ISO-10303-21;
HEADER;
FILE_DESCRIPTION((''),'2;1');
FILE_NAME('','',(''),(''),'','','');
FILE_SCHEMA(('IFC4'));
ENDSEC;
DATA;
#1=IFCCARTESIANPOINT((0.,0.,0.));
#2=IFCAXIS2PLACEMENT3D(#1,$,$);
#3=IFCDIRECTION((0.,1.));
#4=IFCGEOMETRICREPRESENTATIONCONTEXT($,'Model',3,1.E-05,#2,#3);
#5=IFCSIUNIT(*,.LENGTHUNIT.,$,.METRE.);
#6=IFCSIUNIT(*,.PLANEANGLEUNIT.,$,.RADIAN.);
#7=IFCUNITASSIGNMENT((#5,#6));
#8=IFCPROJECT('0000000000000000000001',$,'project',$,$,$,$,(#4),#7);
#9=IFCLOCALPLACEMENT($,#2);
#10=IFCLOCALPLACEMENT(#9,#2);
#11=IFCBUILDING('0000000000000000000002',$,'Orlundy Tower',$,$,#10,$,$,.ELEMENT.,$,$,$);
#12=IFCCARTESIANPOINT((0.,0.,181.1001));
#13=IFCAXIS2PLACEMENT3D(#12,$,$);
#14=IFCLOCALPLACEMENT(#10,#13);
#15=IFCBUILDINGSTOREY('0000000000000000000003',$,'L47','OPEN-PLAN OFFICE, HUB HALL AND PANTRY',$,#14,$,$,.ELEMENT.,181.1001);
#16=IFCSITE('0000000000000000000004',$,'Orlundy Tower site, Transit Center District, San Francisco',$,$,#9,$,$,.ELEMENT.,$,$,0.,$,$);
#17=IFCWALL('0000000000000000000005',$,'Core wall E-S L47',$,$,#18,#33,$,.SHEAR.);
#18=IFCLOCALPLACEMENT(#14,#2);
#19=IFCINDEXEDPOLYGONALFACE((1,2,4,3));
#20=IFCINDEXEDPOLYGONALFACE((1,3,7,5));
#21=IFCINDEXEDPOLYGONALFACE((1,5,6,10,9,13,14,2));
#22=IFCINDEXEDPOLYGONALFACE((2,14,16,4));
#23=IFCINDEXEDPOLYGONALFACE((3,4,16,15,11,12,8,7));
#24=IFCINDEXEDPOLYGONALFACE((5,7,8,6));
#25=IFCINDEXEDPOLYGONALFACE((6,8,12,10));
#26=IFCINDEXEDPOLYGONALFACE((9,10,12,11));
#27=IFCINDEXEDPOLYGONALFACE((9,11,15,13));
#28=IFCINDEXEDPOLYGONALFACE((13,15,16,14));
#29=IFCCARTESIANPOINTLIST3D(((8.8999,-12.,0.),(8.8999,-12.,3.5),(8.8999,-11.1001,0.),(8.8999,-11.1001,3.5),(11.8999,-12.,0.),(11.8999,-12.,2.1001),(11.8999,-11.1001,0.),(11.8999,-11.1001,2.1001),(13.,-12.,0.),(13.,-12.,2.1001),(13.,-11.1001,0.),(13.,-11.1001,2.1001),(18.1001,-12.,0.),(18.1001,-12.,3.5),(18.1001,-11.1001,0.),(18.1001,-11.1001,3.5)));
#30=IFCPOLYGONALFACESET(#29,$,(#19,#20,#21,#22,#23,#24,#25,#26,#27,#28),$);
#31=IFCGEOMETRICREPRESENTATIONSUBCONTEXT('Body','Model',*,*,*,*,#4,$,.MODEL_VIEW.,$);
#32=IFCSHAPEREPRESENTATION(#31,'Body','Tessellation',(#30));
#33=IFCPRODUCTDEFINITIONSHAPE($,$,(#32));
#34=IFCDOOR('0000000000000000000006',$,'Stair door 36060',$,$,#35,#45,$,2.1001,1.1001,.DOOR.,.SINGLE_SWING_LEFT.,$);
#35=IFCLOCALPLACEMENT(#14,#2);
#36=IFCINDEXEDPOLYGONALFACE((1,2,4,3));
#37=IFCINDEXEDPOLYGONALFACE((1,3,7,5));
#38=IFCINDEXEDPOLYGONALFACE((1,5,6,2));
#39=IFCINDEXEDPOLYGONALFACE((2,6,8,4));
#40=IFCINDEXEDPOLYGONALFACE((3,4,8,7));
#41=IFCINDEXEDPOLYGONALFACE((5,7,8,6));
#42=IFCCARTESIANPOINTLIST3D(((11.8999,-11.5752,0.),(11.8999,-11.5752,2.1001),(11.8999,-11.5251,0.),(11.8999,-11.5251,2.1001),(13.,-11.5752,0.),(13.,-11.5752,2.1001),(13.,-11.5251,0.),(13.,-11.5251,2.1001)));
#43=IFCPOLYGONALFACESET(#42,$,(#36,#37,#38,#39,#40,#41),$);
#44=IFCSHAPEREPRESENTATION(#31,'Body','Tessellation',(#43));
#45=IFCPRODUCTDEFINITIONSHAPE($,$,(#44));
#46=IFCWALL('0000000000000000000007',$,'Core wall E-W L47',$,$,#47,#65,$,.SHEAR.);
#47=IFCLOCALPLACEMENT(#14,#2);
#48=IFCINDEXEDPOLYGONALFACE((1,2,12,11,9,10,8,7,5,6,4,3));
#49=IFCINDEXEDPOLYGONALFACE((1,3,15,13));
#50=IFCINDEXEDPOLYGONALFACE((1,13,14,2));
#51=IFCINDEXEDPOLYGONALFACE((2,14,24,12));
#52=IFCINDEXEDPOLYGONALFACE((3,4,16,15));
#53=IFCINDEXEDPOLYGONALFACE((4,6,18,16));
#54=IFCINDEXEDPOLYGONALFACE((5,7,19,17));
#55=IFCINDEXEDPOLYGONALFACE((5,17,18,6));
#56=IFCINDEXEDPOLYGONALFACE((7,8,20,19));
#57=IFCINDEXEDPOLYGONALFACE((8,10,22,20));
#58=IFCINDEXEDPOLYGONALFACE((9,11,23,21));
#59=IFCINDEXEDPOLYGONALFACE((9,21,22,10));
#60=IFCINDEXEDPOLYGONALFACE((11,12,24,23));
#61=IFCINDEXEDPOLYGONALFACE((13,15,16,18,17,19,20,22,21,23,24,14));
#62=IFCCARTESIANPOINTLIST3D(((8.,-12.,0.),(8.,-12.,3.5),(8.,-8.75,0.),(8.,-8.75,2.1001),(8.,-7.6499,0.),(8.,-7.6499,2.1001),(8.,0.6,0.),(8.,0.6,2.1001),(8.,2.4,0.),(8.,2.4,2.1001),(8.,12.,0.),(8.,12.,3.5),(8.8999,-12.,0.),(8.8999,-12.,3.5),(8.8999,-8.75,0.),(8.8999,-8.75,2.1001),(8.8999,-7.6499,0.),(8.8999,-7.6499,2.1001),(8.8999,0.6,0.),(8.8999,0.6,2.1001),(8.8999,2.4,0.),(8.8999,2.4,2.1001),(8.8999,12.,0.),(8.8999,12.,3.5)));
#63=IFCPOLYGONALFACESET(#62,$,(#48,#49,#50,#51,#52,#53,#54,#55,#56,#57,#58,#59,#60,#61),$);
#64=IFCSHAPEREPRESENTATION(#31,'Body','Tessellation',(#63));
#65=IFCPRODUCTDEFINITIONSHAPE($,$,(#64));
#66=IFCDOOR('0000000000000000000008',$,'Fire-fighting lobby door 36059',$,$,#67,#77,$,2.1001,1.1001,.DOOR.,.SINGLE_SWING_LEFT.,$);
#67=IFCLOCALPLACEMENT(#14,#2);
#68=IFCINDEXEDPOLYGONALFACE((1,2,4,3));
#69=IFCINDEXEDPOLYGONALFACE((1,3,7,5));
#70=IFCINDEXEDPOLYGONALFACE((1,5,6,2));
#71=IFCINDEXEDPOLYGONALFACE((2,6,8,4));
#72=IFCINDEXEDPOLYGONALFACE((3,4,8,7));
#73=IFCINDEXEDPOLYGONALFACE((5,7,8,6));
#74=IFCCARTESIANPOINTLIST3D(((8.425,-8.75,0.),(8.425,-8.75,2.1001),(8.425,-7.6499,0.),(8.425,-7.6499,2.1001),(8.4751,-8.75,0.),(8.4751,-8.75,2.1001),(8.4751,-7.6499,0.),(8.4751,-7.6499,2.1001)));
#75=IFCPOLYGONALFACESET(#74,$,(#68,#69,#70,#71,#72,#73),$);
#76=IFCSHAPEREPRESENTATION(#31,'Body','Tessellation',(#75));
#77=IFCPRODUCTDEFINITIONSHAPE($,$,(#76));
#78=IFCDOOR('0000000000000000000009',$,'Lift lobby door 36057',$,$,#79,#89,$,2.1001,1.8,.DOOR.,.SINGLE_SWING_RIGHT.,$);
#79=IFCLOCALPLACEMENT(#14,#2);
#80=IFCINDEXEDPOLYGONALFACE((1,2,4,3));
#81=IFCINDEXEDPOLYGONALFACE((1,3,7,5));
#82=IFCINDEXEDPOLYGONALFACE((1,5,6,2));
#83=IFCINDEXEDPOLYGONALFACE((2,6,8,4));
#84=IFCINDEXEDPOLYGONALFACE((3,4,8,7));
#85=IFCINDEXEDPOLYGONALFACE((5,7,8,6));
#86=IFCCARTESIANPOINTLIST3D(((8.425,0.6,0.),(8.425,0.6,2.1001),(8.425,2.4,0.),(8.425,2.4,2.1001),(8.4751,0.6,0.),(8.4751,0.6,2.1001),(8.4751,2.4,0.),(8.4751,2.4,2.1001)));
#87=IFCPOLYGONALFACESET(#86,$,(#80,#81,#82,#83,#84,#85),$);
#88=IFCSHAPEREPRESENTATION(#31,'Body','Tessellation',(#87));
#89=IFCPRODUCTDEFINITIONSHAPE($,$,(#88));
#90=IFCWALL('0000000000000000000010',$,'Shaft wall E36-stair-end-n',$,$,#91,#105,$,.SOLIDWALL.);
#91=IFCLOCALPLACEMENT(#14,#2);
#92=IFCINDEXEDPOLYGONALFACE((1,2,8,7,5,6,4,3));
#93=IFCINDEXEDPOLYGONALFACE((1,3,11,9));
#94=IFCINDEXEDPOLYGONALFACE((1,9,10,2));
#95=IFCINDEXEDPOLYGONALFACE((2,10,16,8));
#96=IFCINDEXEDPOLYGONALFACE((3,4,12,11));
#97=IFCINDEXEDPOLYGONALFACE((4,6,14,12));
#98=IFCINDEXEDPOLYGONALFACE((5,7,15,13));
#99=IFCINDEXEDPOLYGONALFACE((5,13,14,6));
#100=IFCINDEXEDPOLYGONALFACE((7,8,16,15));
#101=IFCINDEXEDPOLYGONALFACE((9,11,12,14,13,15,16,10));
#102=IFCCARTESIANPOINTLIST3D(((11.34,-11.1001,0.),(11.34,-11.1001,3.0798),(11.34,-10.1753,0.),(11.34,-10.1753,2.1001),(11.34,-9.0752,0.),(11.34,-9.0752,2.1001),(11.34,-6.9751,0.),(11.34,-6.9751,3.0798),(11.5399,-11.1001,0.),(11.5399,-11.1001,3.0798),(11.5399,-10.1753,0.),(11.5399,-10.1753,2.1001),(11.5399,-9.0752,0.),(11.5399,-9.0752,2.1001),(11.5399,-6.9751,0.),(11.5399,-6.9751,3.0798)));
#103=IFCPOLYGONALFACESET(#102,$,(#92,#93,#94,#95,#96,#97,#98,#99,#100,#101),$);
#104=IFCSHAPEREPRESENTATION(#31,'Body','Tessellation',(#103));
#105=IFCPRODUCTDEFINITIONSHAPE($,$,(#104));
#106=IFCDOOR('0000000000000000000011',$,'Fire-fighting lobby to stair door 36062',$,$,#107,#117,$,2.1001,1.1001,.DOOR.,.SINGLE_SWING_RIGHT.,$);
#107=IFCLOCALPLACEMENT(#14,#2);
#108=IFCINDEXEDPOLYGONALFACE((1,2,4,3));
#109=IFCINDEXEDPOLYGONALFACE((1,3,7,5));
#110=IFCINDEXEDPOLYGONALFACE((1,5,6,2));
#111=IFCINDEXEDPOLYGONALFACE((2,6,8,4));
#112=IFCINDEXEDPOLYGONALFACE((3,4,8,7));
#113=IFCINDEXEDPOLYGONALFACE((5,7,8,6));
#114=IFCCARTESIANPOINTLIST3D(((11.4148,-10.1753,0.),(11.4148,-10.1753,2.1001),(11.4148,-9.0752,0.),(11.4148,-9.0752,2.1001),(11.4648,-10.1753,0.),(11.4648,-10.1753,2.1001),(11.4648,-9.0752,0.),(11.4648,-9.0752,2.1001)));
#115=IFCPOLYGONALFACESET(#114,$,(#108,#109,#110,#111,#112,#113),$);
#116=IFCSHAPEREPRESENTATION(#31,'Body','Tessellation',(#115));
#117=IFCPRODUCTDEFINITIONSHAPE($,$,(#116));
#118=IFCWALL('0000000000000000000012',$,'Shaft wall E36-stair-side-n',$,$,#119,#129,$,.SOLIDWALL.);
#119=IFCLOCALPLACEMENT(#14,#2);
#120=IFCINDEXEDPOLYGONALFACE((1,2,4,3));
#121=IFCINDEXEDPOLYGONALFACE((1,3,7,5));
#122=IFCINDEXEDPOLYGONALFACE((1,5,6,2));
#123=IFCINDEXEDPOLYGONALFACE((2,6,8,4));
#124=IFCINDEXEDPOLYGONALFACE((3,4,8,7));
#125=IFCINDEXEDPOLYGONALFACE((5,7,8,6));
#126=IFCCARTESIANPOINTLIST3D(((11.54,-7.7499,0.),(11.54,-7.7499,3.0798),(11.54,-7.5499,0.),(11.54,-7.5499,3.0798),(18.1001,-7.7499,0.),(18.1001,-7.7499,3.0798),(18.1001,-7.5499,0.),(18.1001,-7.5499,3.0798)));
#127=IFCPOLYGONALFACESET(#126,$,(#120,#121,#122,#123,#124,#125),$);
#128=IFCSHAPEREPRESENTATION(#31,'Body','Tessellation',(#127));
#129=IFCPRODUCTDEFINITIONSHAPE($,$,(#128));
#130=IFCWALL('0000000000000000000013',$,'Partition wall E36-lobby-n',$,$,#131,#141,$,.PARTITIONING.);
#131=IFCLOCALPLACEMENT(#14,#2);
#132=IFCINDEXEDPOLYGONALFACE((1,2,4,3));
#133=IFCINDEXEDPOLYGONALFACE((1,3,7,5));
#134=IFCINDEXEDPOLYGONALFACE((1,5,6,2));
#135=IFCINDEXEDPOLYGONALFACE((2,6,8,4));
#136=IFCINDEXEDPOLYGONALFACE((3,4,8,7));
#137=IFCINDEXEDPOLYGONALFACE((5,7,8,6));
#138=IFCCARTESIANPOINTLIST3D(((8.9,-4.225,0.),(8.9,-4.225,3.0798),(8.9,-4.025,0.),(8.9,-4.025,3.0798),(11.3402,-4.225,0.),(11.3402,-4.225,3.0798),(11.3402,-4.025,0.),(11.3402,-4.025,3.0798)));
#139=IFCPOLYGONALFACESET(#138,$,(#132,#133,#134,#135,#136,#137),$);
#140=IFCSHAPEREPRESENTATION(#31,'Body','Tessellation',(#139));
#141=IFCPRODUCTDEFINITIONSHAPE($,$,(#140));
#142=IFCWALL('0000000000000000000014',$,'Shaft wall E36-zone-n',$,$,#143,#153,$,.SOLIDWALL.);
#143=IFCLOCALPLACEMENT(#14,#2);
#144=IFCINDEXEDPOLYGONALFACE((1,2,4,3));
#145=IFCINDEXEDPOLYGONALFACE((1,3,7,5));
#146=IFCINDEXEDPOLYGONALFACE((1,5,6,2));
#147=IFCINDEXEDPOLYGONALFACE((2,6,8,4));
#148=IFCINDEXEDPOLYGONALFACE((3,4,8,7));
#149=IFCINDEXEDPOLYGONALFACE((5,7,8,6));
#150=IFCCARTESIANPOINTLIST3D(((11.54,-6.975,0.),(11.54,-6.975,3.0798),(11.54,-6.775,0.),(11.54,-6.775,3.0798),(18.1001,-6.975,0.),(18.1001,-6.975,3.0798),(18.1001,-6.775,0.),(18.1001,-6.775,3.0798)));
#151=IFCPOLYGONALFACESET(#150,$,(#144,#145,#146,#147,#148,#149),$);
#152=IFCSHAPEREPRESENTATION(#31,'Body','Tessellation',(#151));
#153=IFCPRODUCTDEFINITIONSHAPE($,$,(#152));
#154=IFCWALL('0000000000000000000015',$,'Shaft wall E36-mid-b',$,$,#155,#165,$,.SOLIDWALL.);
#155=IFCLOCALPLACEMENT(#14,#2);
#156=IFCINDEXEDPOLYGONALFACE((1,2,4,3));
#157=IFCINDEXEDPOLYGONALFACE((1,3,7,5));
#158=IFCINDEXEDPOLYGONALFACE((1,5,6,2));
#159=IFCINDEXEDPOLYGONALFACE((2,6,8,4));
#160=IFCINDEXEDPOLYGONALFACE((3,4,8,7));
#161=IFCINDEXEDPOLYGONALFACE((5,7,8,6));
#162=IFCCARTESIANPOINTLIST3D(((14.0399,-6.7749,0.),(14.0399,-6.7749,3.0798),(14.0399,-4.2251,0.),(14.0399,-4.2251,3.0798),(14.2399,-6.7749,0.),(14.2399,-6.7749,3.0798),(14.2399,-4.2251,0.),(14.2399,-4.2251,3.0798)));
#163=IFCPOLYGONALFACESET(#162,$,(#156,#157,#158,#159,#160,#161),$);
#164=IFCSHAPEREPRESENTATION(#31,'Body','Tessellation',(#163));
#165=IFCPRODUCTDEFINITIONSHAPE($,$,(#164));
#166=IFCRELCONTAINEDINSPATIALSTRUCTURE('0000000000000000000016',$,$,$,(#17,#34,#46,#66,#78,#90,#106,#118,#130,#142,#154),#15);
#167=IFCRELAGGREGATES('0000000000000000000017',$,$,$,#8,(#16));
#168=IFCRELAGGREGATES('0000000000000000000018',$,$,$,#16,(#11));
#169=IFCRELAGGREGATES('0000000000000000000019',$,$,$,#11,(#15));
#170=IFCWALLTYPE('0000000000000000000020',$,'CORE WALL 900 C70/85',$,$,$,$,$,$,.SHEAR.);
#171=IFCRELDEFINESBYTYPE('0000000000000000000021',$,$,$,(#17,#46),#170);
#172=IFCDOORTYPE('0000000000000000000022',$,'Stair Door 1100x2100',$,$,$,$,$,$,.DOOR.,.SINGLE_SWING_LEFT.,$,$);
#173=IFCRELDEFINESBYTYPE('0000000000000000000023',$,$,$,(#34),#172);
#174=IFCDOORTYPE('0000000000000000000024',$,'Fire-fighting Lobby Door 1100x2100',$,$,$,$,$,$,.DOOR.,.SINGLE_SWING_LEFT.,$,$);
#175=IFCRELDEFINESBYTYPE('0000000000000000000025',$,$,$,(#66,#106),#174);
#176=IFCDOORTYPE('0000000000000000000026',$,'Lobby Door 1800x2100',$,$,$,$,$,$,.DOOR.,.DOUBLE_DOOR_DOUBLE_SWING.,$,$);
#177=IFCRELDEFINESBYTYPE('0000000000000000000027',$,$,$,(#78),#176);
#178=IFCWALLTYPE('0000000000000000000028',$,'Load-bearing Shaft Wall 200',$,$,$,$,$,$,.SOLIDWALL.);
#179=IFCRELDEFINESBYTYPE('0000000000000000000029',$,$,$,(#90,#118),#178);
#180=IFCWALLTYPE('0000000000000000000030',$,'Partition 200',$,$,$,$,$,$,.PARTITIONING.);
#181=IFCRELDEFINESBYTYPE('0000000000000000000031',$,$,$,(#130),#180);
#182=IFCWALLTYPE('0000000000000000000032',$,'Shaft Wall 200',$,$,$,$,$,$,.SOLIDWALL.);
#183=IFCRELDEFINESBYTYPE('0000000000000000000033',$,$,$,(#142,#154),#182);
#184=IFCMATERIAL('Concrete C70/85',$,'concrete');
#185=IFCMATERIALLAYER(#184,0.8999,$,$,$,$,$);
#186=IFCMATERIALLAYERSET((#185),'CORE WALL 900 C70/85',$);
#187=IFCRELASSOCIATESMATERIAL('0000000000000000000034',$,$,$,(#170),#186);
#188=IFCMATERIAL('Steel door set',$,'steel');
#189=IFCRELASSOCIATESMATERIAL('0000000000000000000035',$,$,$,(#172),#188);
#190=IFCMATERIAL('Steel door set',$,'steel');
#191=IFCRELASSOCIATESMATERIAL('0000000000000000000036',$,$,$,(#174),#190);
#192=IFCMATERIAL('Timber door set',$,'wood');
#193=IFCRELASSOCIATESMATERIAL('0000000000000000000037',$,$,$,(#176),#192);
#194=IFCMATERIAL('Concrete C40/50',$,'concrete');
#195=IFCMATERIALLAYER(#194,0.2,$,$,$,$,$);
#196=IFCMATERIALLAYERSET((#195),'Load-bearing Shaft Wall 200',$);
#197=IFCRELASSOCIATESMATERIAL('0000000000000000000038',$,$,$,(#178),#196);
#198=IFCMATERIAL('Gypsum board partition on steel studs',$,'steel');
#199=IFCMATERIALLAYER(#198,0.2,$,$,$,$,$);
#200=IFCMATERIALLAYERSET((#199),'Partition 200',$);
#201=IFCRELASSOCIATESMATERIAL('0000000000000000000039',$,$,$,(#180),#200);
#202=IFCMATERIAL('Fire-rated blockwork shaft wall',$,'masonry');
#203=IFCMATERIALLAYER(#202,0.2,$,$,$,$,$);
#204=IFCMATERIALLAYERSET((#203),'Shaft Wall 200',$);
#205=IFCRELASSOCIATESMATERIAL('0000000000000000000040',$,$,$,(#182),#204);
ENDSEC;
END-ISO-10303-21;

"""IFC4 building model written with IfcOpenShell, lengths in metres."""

from ifc_helpers import new_model, si_unit, direction, frame, frame_2d, origin, place, context, subcontext, project, spatial, rectangle, extrude, material, layer, layer_set, type_object, element, fill, save


model = new_model("IFC4")

# Units and contexts
model_context = context("Model", 3, precision=1e-05, world=origin(), true_north=direction((0.0, 1.0)))
body_context = subcontext(model_context, "Body", "Model", "MODEL_VIEW")
ifc_project = project(units=[si_unit("LENGTHUNIT", "METRE"), si_unit("PLANEANGLEUNIT", "RADIAN")], contexts=[model_context])

# Site, building, storey
site_placement = place(None, origin())
site = spatial("IfcSite", under=ifc_project, at=site_placement, Name="Orlundy Tower site, Transit Center District, San Francisco", CompositionType="ELEMENT", RefElevation=0.0)
building_placement = place(site_placement, origin())
building = spatial("IfcBuilding", under=site, at=building_placement, Name="Orlundy Tower", CompositionType="ELEMENT")
storey_placement = place(building_placement, frame((0.0, 0.0, 181.1001)))
storey = spatial("IfcBuildingStorey", under=building, at=storey_placement, Name="L47", Description="OPEN-PLAN OFFICE, HUB HALL AND PANTRY", CompositionType="ELEMENT", Elevation=181.1001)

# Wall, opening, door
ifc_material_1 = material(Name="Concrete C70/85", Category="concrete")
ifc_layer_1 = layer(ifc_material_1, 0.8999)
ifc_layer_set_1 = layer_set([ifc_layer_1], Name="CORE WALL 900 C70/85")
wall_type_1 = type_object("IfcWallType", Name="CORE WALL 900 C70/85", PredefinedType="SHEAR", material=ifc_layer_set_1)
wall_1_placement = place(storey_placement, frame((8.8999, -11.55, 0.0), z_axis=(0.0, 0.0, 1.0), x_axis=(1.0, 0.0, 0.0)))
wall_1 = element("IfcWall", 1, at=wall_1_placement, inside=storey, type_object=wall_type_1, Name="Core wall E-S L47", PredefinedType="SHEAR", context=body_context, shape_type="SweptSolid", body=[
    extrude(rectangle(XDim=9.2002, YDim=0.8999, at=frame_2d((4.6001, 0.0))), origin(), (0.0, 0.0, 1.0), 3.5),
])
opening_1_placement = place(wall_1_placement, frame((3.0, 0.0, 0.0)))
opening_1 = element("IfcOpeningElement", 2, at=opening_1_placement, cuts=wall_1, PredefinedType="OPENING", context=body_context, shape_type="SweptSolid", body=[
    extrude(rectangle(XDim=1.1001, YDim=2.1001, at=frame_2d((0.55, 1.05))), frame((0.0, 0.46, 0.0), z_axis=(0.0, -1.0, 0.0), x_axis=(1.0, 0.0, 0.0)), (0.0, 0.0, 1.0), 0.9199),
])
ifc_material_2 = material(Name="Steel door set", Category="steel")
door_type_1 = type_object("IfcDoorType", Name="Stair Door 1100x2100", OperationType="SINGLE_SWING_LEFT", PredefinedType="DOOR", material=ifc_material_2)
door_1_placement = place(opening_1_placement, origin())
door_1 = element("IfcDoor", 3, at=door_1_placement, inside=storey, type_object=door_type_1, Name="Stair door 36060", OperationType="SINGLE_SWING_LEFT", OverallHeight=2.1001, OverallWidth=1.1001, PredefinedType="DOOR", context=body_context, shape_type="SweptSolid", body=[
    extrude(rectangle(XDim=1.1001, YDim=2.1001, at=frame_2d((0.55, 1.05))), frame((0.0, 0.0249, 0.0), z_axis=(0.0, -1.0, 0.0), x_axis=(1.0, 0.0, 0.0)), (0.0, 0.0, 1.0), 0.05),
])
fill(opening_1, door_1)

# Wall, openings, doors
wall_2_placement = place(storey_placement, frame((8.45, -12.0, 0.0), z_axis=(0.0, 0.0, 1.0), x_axis=(0.0, 1.0, 0.0)))
wall_2 = element("IfcWall", 4, at=wall_2_placement, inside=storey, type_object=wall_type_1, Name="Core wall E-W L47", PredefinedType="SHEAR", context=body_context, shape_type="SweptSolid", body=[
    extrude(rectangle(XDim=24.0, YDim=0.8999, at=frame_2d((12.0, 0.0))), origin(), (0.0, 0.0, 1.0), 3.5),
])
opening_2_placement = place(wall_2_placement, frame((12.6001, 0.0, 0.0)))
opening_2 = element("IfcOpeningElement", 5, at=opening_2_placement, cuts=wall_2, PredefinedType="OPENING", context=body_context, shape_type="SweptSolid", body=[
    extrude(rectangle(XDim=1.8, YDim=2.1001, at=frame_2d((0.8999, 1.05))), frame((0.0, 0.46, 0.0), z_axis=(0.0, -1.0, 0.0), x_axis=(1.0, 0.0, 0.0)), (0.0, 0.0, 1.0), 0.9199),
])
opening_3_placement = place(wall_2_placement, frame((3.25, 0.0, 0.0)))
opening_3 = element("IfcOpeningElement", 6, at=opening_3_placement, cuts=wall_2, PredefinedType="OPENING", context=body_context, shape_type="SweptSolid", body=[
    extrude(rectangle(XDim=1.1001, YDim=2.1001, at=frame_2d((0.55, 1.05))), frame((0.0, 0.46, 0.0), z_axis=(0.0, -1.0, 0.0), x_axis=(1.0, 0.0, 0.0)), (0.0, 0.0, 1.0), 0.9199),
])
ifc_material_3 = material(Name="Steel door set", Category="steel")
door_type_2 = type_object("IfcDoorType", Name="Fire-fighting Lobby Door 1100x2100", OperationType="SINGLE_SWING_LEFT", PredefinedType="DOOR", material=ifc_material_3)
door_2_placement = place(opening_3_placement, origin())
door_2 = element("IfcDoor", 7, at=door_2_placement, inside=storey, type_object=door_type_2, Name="Fire-fighting lobby door 36059", OperationType="SINGLE_SWING_LEFT", OverallHeight=2.1001, OverallWidth=1.1001, PredefinedType="DOOR", context=body_context, shape_type="SweptSolid", body=[
    extrude(rectangle(XDim=1.1001, YDim=2.1001, at=frame_2d((0.55, 1.05))), frame((0.0, 0.0249, 0.0), z_axis=(0.0, -1.0, 0.0), x_axis=(1.0, 0.0, 0.0)), (0.0, 0.0, 1.0), 0.05),
])
fill(opening_3, door_2)
ifc_material_4 = material(Name="Timber door set", Category="wood")
door_type_3 = type_object("IfcDoorType", Name="Lobby Door 1800x2100", OperationType="DOUBLE_DOOR_DOUBLE_SWING", PredefinedType="DOOR", material=ifc_material_4)
door_3_placement = place(opening_2_placement, origin())
door_3 = element("IfcDoor", 8, at=door_3_placement, inside=storey, type_object=door_type_3, Name="Lift lobby door 36057", OperationType="SINGLE_SWING_RIGHT", OverallHeight=2.1001, OverallWidth=1.8, PredefinedType="DOOR", context=body_context, shape_type="SweptSolid", body=[
    extrude(rectangle(XDim=1.8, YDim=2.1001, at=frame_2d((0.8999, 1.05))), frame((0.0, 0.0249, 0.0), z_axis=(0.0, -1.0, 0.0), x_axis=(1.0, 0.0, 0.0)), (0.0, 0.0, 1.0), 0.05),
])
fill(opening_2, door_3)

# Wall, opening, door
ifc_material_5 = material(Name="Concrete C40/50", Category="concrete")
ifc_layer_2 = layer(ifc_material_5, 0.2)
ifc_layer_set_2 = layer_set([ifc_layer_2], Name="Load-bearing Shaft Wall 200")
wall_type_2 = type_object("IfcWallType", Name="Load-bearing Shaft Wall 200", PredefinedType="SOLIDWALL", material=ifc_layer_set_2)
wall_3_placement = place(storey_placement, frame((11.4399, -6.9751, 0.0), z_axis=(0.0, 0.0, 1.0), x_axis=(0.0, -1.0, 0.0)))
wall_3 = element("IfcWall", 9, at=wall_3_placement, inside=storey, type_object=wall_type_2, Name="Shaft wall E36-stair-end-n", PredefinedType="SOLIDWALL", context=body_context, shape_type="SweptSolid", body=[
    extrude(rectangle(XDim=4.125, YDim=0.2, at=frame_2d((2.0625, 0.0))), origin(), (0.0, 0.0, 1.0), 3.0798),
])
opening_4_placement = place(wall_3_placement, frame((2.1001, 0.0, 0.0)))
opening_4 = element("IfcOpeningElement", 10, at=opening_4_placement, cuts=wall_3, PredefinedType="OPENING", context=body_context, shape_type="SweptSolid", body=[
    extrude(rectangle(XDim=1.1001, YDim=2.1001, at=frame_2d((0.55, 1.05))), frame((0.0, 0.1101, 0.0), z_axis=(0.0, -1.0, 0.0), x_axis=(1.0, 0.0, 0.0)), (0.0, 0.0, 1.0), 0.2202),
])
door_4_placement = place(opening_4_placement, origin())
door_4 = element("IfcDoor", 11, at=door_4_placement, inside=storey, type_object=door_type_2, Name="Fire-fighting lobby to stair door 36062", OperationType="SINGLE_SWING_RIGHT", OverallHeight=2.1001, OverallWidth=1.1001, PredefinedType="DOOR", context=body_context, shape_type="SweptSolid", body=[
    extrude(rectangle(XDim=1.1001, YDim=2.1001, at=frame_2d((0.55, 1.05))), frame((0.0, 0.0249, 0.0), z_axis=(0.0, -1.0, 0.0), x_axis=(1.0, 0.0, 0.0)), (0.0, 0.0, 1.0), 0.05),
])
fill(opening_4, door_4)

# Walls
wall_4_placement = place(storey_placement, frame((11.54, -7.6499, 0.0), z_axis=(0.0, 0.0, 1.0), x_axis=(1.0, 0.0, 0.0)))
element("IfcWall", 12, at=wall_4_placement, inside=storey, type_object=wall_type_2, Name="Shaft wall E36-stair-side-n", PredefinedType="SOLIDWALL", context=body_context, shape_type="SweptSolid", body=[
    extrude(rectangle(XDim=6.5601, YDim=0.2, at=frame_2d((3.28, 0.0))), origin(), (0.0, 0.0, 1.0), 3.0798),
])
ifc_material_6 = material(Name="Gypsum board partition on steel studs", Category="steel")
ifc_layer_3 = layer(ifc_material_6, 0.2)
ifc_layer_set_3 = layer_set([ifc_layer_3], Name="Partition 200")
wall_type_3 = type_object("IfcWallType", Name="Partition 200", PredefinedType="PARTITIONING", material=ifc_layer_set_3)
wall_5_placement = place(storey_placement, frame((8.8999, -4.125, 0.0), z_axis=(0.0, 0.0, 1.0), x_axis=(1.0, 0.0, 0.0)))
element("IfcWall", 13, at=wall_5_placement, inside=storey, type_object=wall_type_3, Name="Partition wall E36-lobby-n", PredefinedType="PARTITIONING", context=body_context, shape_type="SweptSolid", body=[
    extrude(rectangle(XDim=2.4402, YDim=0.2, at=frame_2d((1.2202, 0.0))), origin(), (0.0, 0.0, 1.0), 3.0798),
])
ifc_material_7 = material(Name="Fire-rated blockwork shaft wall", Category="masonry")
ifc_layer_4 = layer(ifc_material_7, 0.2)
ifc_layer_set_4 = layer_set([ifc_layer_4], Name="Shaft Wall 200")
wall_type_4 = type_object("IfcWallType", Name="Shaft Wall 200", PredefinedType="SOLIDWALL", material=ifc_layer_set_4)
wall_6_placement = place(storey_placement, frame((11.54, -6.875, 0.0), z_axis=(0.0, 0.0, 1.0), x_axis=(1.0, 0.0, 0.0)))
element("IfcWall", 14, at=wall_6_placement, inside=storey, type_object=wall_type_4, Name="Shaft wall E36-zone-n", PredefinedType="SOLIDWALL", context=body_context, shape_type="SweptSolid", body=[
    extrude(rectangle(XDim=6.5601, YDim=0.2, at=frame_2d((3.28, 0.0))), origin(), (0.0, 0.0, 1.0), 3.0798),
])
wall_7_placement = place(storey_placement, frame((14.1399, -4.2251, 0.0), z_axis=(0.0, 0.0, 1.0), x_axis=(0.0, -1.0, 0.0)))
element("IfcWall", 15, at=wall_7_placement, inside=storey, type_object=wall_type_4, Name="Shaft wall E36-mid-b", PredefinedType="SOLIDWALL", context=body_context, shape_type="SweptSolid", body=[
    extrude(rectangle(XDim=2.5498, YDim=0.2, at=frame_2d((1.2749, 0.0))), origin(), (0.0, 0.0, 1.0), 3.0798),
])

save(model, "model.ifc")
